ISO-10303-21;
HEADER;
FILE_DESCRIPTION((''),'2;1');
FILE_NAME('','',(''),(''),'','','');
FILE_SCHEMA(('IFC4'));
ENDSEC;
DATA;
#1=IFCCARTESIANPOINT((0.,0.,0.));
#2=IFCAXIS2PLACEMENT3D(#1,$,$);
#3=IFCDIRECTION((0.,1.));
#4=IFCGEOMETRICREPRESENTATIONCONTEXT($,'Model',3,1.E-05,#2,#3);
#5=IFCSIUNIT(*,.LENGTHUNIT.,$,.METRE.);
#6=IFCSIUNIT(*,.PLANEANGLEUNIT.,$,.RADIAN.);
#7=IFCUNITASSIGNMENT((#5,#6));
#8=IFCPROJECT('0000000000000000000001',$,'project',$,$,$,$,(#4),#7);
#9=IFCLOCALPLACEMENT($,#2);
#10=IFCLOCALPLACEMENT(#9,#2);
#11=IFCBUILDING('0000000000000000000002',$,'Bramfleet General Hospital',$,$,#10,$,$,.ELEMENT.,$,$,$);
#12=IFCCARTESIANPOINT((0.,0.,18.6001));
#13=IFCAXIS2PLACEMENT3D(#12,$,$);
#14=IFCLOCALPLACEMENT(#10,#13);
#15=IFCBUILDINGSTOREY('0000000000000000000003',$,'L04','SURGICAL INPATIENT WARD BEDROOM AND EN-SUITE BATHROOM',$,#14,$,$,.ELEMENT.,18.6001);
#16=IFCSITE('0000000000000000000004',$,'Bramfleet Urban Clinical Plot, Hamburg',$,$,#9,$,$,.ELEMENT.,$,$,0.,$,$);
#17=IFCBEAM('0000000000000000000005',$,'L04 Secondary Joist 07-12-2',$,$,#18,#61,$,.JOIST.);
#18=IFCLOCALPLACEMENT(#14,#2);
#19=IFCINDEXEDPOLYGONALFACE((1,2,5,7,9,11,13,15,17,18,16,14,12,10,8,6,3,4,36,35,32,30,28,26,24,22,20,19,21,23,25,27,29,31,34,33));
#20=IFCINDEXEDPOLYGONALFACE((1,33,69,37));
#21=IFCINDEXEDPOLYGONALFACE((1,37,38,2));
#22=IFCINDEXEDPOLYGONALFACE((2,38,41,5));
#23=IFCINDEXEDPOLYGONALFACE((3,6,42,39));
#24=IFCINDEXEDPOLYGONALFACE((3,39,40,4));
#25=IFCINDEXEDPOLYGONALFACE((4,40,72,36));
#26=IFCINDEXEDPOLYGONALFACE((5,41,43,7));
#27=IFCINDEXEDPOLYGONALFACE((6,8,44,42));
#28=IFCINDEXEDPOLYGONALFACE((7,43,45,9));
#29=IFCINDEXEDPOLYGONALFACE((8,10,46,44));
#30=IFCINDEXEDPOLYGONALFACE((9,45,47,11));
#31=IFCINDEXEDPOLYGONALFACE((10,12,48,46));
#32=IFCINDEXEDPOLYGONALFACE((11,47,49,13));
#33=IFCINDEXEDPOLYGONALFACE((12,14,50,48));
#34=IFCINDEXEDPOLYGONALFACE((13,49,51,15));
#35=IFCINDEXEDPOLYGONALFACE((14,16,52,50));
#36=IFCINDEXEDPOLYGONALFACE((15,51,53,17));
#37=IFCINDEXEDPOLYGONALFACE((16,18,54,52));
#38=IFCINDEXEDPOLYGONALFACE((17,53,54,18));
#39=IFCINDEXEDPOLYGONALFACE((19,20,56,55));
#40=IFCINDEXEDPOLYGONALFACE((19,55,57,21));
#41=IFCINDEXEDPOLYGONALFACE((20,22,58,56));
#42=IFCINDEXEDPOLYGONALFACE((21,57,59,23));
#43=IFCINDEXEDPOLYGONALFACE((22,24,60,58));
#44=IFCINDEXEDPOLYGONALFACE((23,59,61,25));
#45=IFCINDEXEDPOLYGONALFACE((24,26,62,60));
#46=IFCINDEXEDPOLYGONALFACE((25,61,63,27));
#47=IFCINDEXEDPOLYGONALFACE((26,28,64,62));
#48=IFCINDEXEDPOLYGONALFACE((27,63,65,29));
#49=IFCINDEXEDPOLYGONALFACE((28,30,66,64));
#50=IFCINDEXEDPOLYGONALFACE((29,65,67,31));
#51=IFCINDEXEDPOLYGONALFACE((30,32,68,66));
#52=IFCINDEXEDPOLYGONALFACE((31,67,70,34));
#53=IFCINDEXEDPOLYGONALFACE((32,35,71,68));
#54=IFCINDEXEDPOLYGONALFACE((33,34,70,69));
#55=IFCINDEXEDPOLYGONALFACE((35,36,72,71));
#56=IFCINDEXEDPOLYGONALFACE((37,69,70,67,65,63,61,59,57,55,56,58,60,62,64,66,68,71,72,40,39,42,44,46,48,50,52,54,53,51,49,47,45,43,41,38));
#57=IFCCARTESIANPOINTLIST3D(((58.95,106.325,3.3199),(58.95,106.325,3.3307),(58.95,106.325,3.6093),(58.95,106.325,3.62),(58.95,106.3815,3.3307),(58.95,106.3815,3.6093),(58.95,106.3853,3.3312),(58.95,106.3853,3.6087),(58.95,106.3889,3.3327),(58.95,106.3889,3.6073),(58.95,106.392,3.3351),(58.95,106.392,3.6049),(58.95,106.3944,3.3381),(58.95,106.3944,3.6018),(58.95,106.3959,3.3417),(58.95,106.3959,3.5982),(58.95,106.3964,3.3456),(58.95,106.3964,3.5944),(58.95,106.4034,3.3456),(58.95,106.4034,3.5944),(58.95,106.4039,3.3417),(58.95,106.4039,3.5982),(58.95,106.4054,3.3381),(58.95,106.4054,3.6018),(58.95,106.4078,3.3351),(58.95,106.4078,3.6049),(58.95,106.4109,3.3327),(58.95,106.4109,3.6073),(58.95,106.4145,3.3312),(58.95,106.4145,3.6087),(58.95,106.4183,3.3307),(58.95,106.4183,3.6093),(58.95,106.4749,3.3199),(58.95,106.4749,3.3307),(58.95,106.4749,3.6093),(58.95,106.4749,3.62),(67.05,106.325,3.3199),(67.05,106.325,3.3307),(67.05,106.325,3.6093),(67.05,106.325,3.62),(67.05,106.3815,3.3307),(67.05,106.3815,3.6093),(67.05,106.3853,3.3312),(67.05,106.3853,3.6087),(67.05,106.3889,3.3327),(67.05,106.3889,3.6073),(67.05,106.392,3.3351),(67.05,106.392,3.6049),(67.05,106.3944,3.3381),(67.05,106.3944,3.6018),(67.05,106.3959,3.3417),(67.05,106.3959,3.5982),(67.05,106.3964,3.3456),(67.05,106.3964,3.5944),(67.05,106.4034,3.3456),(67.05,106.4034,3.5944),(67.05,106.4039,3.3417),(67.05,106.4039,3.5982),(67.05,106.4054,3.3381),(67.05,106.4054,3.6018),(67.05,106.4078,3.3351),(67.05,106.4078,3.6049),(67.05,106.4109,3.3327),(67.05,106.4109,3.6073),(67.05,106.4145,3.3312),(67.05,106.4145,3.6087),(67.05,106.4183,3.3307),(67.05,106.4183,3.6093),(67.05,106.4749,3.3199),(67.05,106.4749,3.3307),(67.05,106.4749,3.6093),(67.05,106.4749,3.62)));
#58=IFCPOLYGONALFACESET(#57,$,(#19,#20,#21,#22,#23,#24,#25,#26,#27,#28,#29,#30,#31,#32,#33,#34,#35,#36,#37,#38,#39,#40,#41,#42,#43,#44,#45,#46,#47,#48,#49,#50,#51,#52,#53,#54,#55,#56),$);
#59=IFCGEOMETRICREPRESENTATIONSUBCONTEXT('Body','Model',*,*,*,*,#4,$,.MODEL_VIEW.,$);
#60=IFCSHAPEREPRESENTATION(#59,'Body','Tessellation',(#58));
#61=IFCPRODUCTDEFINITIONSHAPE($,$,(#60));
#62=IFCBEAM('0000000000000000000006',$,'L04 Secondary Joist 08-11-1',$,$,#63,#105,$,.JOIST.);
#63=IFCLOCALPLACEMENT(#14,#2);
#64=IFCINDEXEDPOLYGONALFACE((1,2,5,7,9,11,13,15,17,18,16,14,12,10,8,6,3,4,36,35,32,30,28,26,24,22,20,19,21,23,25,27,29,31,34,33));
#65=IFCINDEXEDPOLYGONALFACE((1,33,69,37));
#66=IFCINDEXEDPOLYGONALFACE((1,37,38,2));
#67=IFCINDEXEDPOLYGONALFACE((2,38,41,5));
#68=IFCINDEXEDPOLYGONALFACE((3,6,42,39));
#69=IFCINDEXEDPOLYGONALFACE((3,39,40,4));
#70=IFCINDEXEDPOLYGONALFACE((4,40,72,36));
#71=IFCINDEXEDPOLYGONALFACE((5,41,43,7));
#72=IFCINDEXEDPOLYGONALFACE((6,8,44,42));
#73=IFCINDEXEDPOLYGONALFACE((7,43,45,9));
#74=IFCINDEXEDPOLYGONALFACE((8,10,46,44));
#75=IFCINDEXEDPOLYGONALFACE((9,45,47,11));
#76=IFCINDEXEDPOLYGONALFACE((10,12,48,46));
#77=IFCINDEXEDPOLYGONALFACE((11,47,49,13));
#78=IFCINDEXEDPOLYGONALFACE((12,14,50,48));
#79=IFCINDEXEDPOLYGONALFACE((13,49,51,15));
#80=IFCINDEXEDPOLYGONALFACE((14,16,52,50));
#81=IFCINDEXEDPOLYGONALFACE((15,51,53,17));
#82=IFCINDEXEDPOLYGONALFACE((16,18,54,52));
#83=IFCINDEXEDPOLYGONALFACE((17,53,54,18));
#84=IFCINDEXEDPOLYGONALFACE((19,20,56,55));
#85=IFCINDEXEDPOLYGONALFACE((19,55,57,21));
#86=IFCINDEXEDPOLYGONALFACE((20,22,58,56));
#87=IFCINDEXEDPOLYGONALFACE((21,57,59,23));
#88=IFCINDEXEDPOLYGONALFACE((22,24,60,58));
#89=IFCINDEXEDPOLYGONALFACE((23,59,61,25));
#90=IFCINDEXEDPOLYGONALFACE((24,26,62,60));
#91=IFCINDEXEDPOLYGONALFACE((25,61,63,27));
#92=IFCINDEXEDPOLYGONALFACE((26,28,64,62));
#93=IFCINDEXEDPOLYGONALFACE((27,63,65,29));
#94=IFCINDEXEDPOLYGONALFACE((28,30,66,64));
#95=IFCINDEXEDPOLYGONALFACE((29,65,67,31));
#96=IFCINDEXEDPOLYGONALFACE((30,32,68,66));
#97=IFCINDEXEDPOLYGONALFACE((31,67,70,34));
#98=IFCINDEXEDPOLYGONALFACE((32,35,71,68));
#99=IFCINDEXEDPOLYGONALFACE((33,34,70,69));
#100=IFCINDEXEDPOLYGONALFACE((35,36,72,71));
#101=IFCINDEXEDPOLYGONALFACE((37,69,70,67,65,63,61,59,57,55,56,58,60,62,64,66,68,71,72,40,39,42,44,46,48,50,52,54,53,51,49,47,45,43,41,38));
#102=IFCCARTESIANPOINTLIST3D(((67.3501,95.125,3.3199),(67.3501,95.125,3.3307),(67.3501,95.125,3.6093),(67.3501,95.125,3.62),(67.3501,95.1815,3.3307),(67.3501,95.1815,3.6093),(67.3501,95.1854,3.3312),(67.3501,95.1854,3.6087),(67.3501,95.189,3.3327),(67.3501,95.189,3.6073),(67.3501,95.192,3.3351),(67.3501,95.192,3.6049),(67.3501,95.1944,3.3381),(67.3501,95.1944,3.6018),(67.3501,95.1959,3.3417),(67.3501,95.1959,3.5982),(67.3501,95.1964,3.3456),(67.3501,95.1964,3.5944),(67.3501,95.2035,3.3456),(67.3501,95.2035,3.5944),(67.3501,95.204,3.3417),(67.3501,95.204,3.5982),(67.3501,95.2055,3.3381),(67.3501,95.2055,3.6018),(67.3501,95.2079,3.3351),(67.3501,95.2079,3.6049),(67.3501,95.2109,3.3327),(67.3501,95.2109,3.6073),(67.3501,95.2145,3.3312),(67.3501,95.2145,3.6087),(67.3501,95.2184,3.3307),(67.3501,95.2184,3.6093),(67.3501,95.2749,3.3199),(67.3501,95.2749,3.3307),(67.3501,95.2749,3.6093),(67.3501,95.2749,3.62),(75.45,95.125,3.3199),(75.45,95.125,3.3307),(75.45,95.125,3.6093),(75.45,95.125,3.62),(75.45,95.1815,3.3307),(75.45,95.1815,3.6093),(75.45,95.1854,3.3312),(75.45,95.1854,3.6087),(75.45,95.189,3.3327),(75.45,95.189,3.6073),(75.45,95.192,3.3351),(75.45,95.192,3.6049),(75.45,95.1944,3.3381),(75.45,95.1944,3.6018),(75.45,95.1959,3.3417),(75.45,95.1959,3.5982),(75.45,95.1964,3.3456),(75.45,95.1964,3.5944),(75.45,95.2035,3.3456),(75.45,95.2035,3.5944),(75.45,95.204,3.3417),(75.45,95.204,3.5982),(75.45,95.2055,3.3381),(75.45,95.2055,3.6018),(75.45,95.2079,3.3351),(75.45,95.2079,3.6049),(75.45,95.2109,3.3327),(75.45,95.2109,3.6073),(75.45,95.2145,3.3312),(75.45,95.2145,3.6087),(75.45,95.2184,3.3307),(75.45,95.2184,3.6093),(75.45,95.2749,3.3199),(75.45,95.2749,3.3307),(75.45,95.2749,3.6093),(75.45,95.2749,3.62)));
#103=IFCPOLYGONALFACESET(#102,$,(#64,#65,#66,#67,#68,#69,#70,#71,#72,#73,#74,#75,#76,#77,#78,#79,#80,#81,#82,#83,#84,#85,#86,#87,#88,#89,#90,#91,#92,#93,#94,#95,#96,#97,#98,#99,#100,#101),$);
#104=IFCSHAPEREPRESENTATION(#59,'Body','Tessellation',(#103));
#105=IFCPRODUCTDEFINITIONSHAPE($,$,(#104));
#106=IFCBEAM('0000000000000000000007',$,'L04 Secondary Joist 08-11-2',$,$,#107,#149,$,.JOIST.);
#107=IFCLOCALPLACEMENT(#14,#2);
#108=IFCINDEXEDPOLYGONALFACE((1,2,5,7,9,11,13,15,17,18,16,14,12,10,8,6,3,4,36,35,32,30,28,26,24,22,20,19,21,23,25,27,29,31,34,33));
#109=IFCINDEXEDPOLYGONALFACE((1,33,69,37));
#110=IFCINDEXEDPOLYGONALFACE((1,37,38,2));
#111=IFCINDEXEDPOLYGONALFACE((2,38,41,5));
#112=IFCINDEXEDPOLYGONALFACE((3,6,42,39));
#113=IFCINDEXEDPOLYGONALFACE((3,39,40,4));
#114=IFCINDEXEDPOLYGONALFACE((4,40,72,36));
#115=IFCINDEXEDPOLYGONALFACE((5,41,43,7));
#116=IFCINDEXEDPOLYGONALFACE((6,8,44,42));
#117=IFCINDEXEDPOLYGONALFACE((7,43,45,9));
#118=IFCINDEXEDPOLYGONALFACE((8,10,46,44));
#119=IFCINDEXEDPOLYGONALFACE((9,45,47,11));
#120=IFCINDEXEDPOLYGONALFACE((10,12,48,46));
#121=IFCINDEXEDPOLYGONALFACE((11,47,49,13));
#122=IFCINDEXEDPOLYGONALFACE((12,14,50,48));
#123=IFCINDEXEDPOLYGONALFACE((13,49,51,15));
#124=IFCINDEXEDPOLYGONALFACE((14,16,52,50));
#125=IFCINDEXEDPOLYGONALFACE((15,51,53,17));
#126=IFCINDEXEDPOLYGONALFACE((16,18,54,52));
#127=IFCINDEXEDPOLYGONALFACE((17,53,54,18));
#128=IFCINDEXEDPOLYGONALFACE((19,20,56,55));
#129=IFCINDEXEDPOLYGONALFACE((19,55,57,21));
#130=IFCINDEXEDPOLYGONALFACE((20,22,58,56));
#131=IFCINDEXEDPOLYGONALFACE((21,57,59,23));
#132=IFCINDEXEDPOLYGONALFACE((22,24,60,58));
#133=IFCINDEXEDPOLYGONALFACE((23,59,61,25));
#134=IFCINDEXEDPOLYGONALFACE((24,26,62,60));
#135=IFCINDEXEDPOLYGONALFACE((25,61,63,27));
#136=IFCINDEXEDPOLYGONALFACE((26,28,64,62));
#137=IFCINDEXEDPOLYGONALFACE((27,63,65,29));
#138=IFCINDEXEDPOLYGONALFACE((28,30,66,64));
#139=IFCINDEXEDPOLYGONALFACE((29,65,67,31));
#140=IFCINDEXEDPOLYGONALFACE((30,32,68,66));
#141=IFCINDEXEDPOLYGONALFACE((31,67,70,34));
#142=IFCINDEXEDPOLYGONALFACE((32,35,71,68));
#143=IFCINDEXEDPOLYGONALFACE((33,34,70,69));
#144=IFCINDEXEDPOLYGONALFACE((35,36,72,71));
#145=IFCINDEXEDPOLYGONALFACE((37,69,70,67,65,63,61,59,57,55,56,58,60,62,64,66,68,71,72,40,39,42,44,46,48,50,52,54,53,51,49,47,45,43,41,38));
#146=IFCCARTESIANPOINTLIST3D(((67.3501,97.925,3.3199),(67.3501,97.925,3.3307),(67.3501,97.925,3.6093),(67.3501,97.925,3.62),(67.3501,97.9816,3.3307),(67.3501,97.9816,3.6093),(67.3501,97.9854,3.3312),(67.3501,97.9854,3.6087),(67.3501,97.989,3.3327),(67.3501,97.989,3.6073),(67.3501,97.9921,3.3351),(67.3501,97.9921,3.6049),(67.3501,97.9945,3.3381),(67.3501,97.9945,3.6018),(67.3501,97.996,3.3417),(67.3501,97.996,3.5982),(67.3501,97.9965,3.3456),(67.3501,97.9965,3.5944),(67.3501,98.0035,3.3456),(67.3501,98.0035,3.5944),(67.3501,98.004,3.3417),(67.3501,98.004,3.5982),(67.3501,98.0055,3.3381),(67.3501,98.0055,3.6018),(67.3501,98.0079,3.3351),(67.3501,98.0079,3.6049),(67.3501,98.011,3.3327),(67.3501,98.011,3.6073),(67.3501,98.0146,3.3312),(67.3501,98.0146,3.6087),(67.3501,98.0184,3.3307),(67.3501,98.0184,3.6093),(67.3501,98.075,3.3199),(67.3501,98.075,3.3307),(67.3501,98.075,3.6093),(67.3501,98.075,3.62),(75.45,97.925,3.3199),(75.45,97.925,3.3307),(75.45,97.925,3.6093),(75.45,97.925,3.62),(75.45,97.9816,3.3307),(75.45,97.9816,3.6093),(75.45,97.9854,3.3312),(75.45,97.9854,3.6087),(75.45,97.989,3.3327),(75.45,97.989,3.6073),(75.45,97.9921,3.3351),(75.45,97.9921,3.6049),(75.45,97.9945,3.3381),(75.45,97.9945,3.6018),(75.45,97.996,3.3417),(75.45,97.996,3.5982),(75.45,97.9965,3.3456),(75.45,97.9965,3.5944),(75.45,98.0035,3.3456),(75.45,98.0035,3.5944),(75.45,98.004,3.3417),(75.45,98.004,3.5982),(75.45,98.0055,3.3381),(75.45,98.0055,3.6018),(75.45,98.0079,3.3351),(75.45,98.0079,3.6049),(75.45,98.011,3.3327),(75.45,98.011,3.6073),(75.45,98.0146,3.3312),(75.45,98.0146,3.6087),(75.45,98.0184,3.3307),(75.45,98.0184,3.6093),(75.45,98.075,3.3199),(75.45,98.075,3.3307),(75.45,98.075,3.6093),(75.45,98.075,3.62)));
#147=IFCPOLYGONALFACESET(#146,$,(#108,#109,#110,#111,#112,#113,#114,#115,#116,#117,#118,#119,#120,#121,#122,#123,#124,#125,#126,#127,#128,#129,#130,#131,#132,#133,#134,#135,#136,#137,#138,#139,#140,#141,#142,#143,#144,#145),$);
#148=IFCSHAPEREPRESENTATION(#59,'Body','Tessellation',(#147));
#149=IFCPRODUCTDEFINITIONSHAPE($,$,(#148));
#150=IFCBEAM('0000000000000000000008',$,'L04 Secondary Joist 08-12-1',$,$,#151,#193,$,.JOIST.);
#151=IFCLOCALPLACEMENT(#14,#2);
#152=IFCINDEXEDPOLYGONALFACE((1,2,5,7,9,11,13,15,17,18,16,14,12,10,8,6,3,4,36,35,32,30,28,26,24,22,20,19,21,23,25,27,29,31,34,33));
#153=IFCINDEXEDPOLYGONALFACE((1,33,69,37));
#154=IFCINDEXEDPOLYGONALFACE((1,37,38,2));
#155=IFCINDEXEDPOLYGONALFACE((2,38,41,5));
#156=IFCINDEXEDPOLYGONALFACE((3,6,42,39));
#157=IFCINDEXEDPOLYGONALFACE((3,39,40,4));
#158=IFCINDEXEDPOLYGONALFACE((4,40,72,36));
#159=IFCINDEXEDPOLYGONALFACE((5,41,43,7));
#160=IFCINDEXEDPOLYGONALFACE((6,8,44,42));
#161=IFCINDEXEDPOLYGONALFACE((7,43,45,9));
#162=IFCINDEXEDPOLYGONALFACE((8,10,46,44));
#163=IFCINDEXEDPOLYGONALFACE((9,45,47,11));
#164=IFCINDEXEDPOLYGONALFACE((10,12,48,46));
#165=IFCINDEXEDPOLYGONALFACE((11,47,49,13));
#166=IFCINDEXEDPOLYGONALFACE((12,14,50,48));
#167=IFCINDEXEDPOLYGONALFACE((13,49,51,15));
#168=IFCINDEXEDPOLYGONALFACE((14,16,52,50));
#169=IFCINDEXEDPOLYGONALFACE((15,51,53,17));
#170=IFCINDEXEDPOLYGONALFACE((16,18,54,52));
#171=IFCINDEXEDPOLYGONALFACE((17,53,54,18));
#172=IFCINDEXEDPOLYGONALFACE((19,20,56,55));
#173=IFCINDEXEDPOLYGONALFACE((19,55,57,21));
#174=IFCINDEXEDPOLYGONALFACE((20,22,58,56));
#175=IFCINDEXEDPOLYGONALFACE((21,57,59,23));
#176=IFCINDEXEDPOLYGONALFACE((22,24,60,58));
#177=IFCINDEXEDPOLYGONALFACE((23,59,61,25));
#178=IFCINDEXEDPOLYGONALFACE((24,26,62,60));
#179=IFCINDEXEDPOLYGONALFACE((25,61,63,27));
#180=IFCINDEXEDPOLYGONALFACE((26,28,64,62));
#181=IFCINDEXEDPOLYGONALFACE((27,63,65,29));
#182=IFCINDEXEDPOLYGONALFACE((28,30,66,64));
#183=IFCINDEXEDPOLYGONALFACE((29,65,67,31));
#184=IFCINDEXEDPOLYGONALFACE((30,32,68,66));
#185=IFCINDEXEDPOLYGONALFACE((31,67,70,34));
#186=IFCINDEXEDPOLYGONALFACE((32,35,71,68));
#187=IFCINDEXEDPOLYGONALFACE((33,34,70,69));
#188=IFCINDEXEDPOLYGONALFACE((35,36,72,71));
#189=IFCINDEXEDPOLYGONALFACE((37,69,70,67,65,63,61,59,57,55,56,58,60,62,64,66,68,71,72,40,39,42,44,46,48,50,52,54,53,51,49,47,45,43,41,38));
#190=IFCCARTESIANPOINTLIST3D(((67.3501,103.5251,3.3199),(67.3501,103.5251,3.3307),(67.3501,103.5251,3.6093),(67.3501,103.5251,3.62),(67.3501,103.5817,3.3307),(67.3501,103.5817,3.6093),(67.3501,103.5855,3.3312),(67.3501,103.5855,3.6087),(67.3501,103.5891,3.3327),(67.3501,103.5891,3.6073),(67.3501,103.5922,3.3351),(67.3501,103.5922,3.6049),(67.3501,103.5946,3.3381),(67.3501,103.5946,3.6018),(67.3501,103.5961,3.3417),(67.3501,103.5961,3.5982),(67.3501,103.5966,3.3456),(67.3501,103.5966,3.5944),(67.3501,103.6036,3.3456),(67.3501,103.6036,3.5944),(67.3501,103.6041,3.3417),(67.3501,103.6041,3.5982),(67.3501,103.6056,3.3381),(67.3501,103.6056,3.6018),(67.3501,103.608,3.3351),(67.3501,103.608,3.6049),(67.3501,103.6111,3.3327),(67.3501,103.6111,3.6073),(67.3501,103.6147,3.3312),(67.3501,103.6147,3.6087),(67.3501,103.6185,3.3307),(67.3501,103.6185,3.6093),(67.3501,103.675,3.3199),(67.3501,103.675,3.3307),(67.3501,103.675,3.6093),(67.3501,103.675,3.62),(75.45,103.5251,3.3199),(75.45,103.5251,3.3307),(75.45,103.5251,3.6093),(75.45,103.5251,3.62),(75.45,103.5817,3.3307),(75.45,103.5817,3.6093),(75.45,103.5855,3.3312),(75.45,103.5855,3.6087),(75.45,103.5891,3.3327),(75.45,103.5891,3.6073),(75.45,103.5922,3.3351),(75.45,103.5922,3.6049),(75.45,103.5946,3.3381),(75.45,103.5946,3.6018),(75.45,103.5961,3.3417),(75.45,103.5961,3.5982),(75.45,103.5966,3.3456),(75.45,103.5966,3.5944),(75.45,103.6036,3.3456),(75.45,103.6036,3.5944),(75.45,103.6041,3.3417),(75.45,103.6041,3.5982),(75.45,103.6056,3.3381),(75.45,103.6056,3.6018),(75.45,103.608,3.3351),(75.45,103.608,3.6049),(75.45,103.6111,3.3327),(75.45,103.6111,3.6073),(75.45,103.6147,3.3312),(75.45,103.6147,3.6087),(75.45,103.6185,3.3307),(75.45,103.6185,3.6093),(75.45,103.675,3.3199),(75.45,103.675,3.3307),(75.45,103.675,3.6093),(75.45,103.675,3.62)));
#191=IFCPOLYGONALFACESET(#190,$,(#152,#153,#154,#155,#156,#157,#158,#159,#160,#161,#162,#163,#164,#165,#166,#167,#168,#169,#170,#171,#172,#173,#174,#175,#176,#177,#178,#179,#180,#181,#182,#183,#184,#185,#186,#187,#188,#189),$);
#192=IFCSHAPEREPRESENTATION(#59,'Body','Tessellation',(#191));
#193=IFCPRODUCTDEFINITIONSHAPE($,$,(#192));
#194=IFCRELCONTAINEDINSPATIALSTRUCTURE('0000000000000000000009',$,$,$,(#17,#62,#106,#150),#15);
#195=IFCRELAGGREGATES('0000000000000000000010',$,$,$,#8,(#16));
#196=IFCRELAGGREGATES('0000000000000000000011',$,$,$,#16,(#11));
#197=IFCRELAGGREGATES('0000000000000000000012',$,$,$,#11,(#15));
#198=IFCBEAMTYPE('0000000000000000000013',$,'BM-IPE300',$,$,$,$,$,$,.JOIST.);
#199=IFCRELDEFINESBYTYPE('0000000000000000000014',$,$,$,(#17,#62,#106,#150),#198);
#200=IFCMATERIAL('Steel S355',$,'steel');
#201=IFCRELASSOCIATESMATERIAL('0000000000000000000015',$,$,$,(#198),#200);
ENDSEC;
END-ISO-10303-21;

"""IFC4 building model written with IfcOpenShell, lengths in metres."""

from ifc_helpers import new_model, si_unit, direction, frame, origin, origin_2d, place, context, subcontext, project, spatial, i_section, extrude, material, material_profile, profile_set, type_object, element, save


model = new_model("IFC4")

# Units and contexts
model_context = context("Model", 3, precision=1e-05, world=origin(), true_north=direction((0.0, 1.0)))
body_context = subcontext(model_context, "Body", "Model", "MODEL_VIEW")
ifc_project = project(units=[si_unit("LENGTHUNIT", "METRE"), si_unit("PLANEANGLEUNIT", "RADIAN")], contexts=[model_context])

# Site, building, storey
site_placement = place(None, origin())
site = spatial("IfcSite", under=ifc_project, at=site_placement, Name="Bramfleet Urban Clinical Plot, Hamburg", CompositionType="ELEMENT", RefElevation=0.0)
building_placement = place(site_placement, origin())
building = spatial("IfcBuilding", under=site, at=building_placement, Name="Bramfleet General Hospital", CompositionType="ELEMENT")
storey_placement = place(building_placement, frame((0.0, 0.0, 18.6001)))
storey = spatial("IfcBuildingStorey", under=building, at=storey_placement, Name="L04", Description="SURGICAL INPATIENT WARD BEDROOM AND EN-SUITE BATHROOM", CompositionType="ELEMENT", Elevation=18.6001)

# Beams
ifc_material_1 = material(Name="Steel S355", Category="steel")
ifc_material_profile_1 = material_profile(ifc_material_1, i_section(OverallWidth=0.1499, OverallDepth=0.3, WebThickness=0.0071, FlangeThickness=0.0107, FilletRadius=0.0149, at=origin_2d()), Name="IPE 300")
ifc_profile_set_1 = profile_set([ifc_material_profile_1], Name="Steel S355")
beam_type_1 = type_object("IfcBeamType", Name="BM-IPE300", PredefinedType="JOIST", material=ifc_profile_set_1)
for number, where, z_axis, x_axis, name in (
    (1, (58.95, 106.3999, 3.47), (1.0, 0.0, 0.0), (0.0, 1.0, 0.0), "L04 Secondary Joist 07-12-2"),
):
    element("IfcBeam", number, at=place(storey_placement, frame(where, z_axis=z_axis, x_axis=x_axis)), inside=storey, type_object=beam_type_1, Name=name, PredefinedType="JOIST", context=body_context, shape_type="SweptSolid", body=[
        extrude(i_section(OverallWidth=0.1499, OverallDepth=0.3, WebThickness=0.0071, FlangeThickness=0.0107, FilletRadius=0.0149, at=origin_2d()), origin(), (0.0, 0.0, 1.0), 8.1001),
    ])
for number, where, z_axis, x_axis, name in (
    (2, (67.3501, 95.2, 3.47), (1.0, 0.0, 0.0), (0.0, 1.0, 0.0), "L04 Secondary Joist 08-11-1"),
    (3, (67.3501, 98.0, 3.47), (1.0, 0.0, 0.0), (0.0, 1.0, 0.0), "L04 Secondary Joist 08-11-2"),
    (4, (67.3501, 103.6001, 3.47), (1.0, 0.0, 0.0), (0.0, 1.0, 0.0), "L04 Secondary Joist 08-12-1"),
):
    element("IfcBeam", number, at=place(storey_placement, frame(where, z_axis=z_axis, x_axis=x_axis)), inside=storey, type_object=beam_type_1, Name=name, PredefinedType="JOIST", context=body_context, shape_type="SweptSolid", body=[
        extrude(i_section(OverallWidth=0.1499, OverallDepth=0.3, WebThickness=0.0071, FlangeThickness=0.0107, FilletRadius=0.0149, at=origin_2d()), origin(), (0.0, 0.0, 1.0), 8.0999),
    ])

save(model, "model.ifc")
